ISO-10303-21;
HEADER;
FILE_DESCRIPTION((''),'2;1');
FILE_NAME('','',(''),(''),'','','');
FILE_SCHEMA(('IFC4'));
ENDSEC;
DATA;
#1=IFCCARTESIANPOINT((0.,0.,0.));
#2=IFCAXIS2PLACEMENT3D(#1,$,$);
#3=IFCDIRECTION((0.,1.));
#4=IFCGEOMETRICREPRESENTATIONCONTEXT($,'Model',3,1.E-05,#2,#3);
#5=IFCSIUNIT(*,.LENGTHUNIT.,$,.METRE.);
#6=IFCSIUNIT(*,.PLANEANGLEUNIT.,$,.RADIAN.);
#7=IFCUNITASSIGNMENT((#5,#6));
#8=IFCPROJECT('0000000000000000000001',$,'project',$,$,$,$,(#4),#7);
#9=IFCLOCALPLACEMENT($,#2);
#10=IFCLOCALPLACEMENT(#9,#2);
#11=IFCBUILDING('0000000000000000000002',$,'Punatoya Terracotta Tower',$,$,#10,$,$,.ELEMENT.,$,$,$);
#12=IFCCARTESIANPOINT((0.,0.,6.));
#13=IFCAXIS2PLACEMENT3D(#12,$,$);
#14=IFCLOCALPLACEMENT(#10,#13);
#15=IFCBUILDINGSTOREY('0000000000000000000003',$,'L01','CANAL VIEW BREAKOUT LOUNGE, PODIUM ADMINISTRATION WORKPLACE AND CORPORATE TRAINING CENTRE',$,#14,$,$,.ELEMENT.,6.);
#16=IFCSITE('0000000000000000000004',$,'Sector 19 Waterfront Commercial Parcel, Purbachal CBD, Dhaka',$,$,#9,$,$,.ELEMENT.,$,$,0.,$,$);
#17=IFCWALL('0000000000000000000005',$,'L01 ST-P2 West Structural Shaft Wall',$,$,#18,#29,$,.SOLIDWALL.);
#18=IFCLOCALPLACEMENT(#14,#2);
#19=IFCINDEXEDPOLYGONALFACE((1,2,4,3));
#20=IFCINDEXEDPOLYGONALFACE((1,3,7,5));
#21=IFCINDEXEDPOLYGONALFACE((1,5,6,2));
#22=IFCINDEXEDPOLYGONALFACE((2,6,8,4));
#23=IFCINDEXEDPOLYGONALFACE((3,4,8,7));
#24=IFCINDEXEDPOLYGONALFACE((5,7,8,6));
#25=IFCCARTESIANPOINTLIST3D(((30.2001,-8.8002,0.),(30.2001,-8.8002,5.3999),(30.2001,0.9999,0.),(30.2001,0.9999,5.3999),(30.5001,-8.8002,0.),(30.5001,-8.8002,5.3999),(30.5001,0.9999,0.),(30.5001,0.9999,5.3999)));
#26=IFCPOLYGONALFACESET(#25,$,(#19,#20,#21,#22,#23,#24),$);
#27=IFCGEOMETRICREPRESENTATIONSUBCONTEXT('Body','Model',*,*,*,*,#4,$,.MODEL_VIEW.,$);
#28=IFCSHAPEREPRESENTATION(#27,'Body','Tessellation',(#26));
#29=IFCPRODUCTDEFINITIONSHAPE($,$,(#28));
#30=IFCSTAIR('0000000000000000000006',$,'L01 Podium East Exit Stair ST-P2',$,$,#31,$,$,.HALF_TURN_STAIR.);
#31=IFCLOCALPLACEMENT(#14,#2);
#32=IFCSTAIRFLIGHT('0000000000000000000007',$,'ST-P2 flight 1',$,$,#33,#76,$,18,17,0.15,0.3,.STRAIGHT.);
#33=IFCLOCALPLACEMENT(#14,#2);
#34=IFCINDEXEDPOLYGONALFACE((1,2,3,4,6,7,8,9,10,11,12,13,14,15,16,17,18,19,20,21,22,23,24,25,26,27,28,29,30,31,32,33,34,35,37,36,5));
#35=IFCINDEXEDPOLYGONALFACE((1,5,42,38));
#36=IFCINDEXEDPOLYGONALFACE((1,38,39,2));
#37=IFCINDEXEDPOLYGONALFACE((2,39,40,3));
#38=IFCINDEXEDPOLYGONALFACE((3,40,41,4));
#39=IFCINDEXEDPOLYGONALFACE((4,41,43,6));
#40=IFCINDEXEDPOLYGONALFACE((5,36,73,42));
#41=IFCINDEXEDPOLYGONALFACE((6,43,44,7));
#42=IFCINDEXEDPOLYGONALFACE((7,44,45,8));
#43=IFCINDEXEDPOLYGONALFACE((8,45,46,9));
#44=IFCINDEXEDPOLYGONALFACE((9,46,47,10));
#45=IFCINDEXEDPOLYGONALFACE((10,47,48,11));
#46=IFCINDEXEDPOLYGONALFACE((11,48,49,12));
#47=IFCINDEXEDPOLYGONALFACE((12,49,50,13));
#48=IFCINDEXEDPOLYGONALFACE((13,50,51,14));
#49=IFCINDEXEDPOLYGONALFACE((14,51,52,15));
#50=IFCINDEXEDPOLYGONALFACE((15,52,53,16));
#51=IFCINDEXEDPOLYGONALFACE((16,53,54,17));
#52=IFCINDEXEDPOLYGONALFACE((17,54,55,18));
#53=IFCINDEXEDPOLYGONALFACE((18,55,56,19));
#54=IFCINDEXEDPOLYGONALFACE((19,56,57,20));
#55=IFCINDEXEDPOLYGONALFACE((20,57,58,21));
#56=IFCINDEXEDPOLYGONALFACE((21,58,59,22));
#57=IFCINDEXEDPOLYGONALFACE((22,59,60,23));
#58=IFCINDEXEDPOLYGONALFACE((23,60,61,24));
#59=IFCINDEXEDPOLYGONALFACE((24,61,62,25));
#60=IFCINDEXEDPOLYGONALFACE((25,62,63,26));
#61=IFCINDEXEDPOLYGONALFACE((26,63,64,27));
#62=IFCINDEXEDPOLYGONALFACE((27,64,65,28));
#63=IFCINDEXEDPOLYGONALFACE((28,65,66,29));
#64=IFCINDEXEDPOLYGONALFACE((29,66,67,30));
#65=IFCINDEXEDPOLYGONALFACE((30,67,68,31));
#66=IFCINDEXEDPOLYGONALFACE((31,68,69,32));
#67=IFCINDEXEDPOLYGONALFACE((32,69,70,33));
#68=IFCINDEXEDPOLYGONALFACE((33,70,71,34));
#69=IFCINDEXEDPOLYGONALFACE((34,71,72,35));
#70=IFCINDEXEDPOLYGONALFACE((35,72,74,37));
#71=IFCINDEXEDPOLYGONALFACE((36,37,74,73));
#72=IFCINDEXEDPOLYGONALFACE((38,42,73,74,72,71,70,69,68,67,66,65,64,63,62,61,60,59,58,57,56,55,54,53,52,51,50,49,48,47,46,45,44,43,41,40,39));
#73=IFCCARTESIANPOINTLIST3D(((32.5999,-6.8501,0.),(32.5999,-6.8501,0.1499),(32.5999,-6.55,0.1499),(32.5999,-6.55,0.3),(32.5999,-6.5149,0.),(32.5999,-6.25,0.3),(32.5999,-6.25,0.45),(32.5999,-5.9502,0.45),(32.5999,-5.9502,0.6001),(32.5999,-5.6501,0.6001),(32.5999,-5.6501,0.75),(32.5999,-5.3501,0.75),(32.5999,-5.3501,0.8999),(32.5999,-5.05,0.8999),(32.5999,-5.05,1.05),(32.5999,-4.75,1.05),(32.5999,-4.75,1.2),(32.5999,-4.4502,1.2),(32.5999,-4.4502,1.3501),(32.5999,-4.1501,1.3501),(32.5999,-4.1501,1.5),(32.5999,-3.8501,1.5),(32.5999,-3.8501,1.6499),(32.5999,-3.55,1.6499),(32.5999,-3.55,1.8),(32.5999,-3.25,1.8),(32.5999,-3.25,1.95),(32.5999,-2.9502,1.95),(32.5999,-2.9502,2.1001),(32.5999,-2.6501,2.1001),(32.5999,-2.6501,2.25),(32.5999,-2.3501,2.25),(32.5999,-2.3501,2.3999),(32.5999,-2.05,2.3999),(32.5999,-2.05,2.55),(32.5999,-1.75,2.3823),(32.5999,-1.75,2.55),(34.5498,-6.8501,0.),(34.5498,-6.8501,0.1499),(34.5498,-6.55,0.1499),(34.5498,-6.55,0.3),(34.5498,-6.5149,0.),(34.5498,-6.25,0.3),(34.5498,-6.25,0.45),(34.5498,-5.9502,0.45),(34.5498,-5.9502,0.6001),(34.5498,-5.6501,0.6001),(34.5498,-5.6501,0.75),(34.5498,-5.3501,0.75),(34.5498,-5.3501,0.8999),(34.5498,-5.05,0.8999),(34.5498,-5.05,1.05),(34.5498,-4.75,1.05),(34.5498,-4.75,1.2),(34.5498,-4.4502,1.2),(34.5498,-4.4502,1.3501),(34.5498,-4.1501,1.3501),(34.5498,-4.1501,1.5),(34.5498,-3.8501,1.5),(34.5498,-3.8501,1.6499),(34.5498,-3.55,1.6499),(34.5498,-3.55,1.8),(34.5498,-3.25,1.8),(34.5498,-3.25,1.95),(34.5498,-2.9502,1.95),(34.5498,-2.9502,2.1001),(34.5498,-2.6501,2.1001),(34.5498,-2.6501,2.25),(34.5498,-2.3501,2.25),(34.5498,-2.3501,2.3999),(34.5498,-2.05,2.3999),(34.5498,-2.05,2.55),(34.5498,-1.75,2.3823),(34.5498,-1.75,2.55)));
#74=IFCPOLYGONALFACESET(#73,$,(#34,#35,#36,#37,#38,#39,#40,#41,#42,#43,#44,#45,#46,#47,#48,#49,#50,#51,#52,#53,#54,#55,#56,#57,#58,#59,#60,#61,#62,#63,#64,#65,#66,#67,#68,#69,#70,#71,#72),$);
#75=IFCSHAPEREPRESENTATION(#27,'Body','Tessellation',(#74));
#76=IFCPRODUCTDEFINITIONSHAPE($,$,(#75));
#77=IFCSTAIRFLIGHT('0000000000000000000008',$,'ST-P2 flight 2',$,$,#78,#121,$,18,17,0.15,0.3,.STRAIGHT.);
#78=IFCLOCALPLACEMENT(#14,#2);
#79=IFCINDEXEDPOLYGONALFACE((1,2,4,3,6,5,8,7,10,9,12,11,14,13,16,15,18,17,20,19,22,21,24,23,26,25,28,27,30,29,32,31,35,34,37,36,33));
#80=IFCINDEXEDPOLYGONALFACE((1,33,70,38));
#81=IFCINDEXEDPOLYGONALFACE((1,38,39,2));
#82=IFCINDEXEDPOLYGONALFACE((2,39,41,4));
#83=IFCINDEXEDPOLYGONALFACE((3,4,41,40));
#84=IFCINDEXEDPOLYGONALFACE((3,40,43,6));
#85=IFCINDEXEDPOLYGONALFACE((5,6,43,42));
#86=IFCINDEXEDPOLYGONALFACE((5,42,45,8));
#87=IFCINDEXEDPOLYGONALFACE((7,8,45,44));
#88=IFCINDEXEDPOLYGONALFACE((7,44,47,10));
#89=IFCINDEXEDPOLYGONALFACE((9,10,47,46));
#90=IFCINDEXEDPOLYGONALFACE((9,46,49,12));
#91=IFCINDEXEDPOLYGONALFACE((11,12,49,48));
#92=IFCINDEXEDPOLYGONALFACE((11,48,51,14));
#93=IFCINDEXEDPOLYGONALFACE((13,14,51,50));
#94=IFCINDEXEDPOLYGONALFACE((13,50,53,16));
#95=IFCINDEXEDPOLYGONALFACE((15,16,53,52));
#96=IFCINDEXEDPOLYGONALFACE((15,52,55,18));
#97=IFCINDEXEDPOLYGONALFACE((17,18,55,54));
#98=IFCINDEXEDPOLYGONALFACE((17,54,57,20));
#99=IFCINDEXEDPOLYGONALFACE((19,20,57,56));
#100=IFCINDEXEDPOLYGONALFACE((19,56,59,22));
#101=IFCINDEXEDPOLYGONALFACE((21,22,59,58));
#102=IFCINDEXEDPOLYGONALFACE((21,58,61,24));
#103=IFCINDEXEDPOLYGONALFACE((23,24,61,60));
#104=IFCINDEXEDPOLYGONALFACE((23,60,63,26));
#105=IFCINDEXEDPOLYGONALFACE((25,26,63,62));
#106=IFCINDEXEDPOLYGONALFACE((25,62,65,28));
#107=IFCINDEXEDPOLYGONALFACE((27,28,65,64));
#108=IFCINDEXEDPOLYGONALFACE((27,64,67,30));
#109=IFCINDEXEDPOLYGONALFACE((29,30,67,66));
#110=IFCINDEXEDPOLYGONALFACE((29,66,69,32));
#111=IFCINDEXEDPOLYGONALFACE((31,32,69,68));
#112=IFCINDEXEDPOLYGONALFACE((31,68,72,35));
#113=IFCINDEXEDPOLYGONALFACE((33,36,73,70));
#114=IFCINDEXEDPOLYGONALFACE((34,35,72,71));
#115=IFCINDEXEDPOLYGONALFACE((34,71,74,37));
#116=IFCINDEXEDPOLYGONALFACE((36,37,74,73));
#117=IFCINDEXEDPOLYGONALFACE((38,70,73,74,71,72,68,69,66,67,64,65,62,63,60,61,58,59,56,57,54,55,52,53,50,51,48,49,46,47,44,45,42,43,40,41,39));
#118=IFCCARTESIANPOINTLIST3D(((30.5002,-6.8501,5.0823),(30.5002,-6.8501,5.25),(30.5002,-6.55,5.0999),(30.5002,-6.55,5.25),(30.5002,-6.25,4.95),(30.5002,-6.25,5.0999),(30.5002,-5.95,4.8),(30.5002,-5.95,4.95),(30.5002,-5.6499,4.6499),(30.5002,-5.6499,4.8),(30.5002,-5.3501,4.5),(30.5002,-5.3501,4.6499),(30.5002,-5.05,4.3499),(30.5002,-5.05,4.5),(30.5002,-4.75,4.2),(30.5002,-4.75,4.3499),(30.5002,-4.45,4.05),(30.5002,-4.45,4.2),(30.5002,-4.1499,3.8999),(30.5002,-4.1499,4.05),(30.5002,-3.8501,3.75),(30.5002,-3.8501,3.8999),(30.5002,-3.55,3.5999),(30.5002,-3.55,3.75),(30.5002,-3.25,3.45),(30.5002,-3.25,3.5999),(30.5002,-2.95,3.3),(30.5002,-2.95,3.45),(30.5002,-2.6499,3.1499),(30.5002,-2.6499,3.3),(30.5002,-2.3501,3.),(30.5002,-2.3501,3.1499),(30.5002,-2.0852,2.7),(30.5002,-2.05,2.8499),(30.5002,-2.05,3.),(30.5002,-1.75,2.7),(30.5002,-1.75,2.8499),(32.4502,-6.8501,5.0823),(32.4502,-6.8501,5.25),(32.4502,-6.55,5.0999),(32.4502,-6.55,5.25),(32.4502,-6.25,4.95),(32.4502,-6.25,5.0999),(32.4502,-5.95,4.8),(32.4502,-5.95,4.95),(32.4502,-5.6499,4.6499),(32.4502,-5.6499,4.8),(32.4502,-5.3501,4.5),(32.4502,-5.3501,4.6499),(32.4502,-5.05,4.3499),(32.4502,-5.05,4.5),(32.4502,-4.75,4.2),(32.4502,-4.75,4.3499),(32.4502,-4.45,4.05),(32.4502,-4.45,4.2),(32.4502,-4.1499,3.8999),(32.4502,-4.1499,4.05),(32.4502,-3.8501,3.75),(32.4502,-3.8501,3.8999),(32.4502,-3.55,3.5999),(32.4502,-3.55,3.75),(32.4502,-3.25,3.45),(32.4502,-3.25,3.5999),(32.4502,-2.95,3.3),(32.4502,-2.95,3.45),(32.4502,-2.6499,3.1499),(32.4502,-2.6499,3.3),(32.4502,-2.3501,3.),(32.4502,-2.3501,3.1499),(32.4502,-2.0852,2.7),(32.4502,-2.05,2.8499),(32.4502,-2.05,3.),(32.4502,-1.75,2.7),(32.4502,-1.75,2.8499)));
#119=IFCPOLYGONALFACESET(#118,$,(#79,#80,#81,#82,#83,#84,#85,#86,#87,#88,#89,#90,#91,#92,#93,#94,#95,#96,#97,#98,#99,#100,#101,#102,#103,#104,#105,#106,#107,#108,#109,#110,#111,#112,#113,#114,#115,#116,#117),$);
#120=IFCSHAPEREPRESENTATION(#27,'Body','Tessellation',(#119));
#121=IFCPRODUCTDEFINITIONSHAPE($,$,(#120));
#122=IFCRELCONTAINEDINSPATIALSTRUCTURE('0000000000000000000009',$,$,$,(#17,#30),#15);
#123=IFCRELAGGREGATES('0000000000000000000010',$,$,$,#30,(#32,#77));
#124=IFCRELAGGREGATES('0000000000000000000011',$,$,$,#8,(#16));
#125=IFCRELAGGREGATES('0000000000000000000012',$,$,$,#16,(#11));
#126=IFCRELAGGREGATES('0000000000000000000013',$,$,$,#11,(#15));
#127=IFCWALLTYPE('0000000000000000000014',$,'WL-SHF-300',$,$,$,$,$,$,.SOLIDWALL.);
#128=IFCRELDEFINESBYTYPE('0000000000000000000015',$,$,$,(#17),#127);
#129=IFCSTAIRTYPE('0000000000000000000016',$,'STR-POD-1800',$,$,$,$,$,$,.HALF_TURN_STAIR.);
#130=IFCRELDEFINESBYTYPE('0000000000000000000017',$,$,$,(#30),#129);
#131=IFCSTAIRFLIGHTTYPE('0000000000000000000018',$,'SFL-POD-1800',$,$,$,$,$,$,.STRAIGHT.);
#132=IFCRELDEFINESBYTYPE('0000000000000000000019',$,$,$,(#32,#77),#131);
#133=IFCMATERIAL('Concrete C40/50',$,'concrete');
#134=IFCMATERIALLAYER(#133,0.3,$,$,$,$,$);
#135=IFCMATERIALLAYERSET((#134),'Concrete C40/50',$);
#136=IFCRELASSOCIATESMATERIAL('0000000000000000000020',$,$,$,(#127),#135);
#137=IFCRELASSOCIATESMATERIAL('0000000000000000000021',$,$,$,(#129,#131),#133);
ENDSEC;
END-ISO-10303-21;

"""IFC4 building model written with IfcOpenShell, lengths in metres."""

from ifc_helpers import new_model, si_unit, direction, frame, frame_2d, origin, place, context, subcontext, project, spatial, polyline, rectangle, outline, extrude, material, layer, layer_set, type_object, element, aggregate, save


model = new_model("IFC4")

# Units and contexts
model_context = context("Model", 3, precision=1e-05, world=origin(), true_north=direction((0.0, 1.0)))
body_context = subcontext(model_context, "Body", "Model", "MODEL_VIEW")
ifc_project = project(units=[si_unit("LENGTHUNIT", "METRE"), si_unit("PLANEANGLEUNIT", "RADIAN")], contexts=[model_context])

# Site, building, storey
site_placement = place(None, origin())
site = spatial("IfcSite", under=ifc_project, at=site_placement, Name="Sector 19 Waterfront Commercial Parcel, Purbachal CBD, Dhaka", CompositionType="ELEMENT", RefElevation=0.0)
building_placement = place(site_placement, origin())
building = spatial("IfcBuilding", under=site, at=building_placement, Name="Punatoya Terracotta Tower", CompositionType="ELEMENT")
storey_placement = place(building_placement, frame((0.0, 0.0, 6.0)))
storey = spatial("IfcBuildingStorey", under=building, at=storey_placement, Name="L01", Description="CANAL VIEW BREAKOUT LOUNGE, PODIUM ADMINISTRATION WORKPLACE AND CORPORATE TRAINING CENTRE", CompositionType="ELEMENT", Elevation=6.0)

# Shared definitions
ifc_material_1 = material(Name="Concrete C40/50", Category="concrete")
ifc_layer_1 = layer(ifc_material_1, 0.3)
ifc_layer_set_1 = layer_set([ifc_layer_1], Name="Concrete C40/50")
wall_type = type_object("IfcWallType", Name="WL-SHF-300", PredefinedType="SOLIDWALL", material=ifc_layer_set_1)

# Wall
wall_1_placement = place(storey_placement, frame((30.3501, -8.8, 0.0), z_axis=(0.0, 0.0, 1.0), x_axis=(0.0, 1.0, 0.0)))
element("IfcWall", 1, at=wall_1_placement, inside=storey, type_object=wall_type, Name="L01 ST-P2 West Structural Shaft Wall", PredefinedType="SOLIDWALL", context=body_context, shape_type="SweptSolid", body=[
    extrude(rectangle(XDim=9.8, YDim=0.3, at=frame_2d((4.8999, 0.0))), origin(), (0.0, 0.0, 1.0), 5.3999),
])

# Stair, stair flights
stair_type = type_object("IfcStairType", Name="STR-POD-1800", PredefinedType="HALF_TURN_STAIR", material=ifc_material_1)
stair_placement = place(storey_placement, origin())
stair = element("IfcStair", 2, at=stair_placement, inside=storey, type_object=stair_type, Name="L01 Podium East Exit Stair ST-P2", PredefinedType="HALF_TURN_STAIR")
stair_flight_type = type_object("IfcStairFlightType", Name="SFL-POD-1800", PredefinedType="STRAIGHT", material=ifc_material_1)
stair_flight_1_placement = place(storey_placement, frame((33.575, -6.8501, 0.0), z_axis=(0.0, 0.0, 1.0), x_axis=(0.0, 1.0, 0.0)))
stair_flight_1 = element("IfcStairFlight", 3, at=stair_flight_1_placement, type_object=stair_flight_type, Name="ST-P2 flight 1", NumberOfRisers=18, NumberOfTreads=17, PredefinedType="STRAIGHT", RiserHeight=0.15, TreadLength=0.3, context=body_context, shape_type="SweptSolid", body=[
    extrude(outline(polyline([(0.0, 0.0), (0.0, 0.1499), (0.3, 0.1499), (0.3, 0.3), (0.6001, 0.3), (0.6001, 0.45), (0.8999, 0.45), (0.8999, 0.6001), (1.2, 0.6001), (1.2, 0.75), (1.5, 0.75), (1.5, 0.8999), (1.8, 0.8999), (1.8, 1.05), (2.1001, 1.05), (2.1001, 1.2), (2.3999, 1.2), (2.3999, 1.3501), (2.7, 1.3501), (2.7, 1.5), (3.0, 1.5), (3.0, 1.6499), (3.3, 1.6499), (3.3, 1.8), (3.6001, 1.8), (3.6001, 1.95), (3.8999, 1.95), (3.8999, 2.1001), (4.2, 2.1001), (4.2, 2.25), (4.5, 2.25), (4.5, 2.3999), (4.8, 2.3999), (4.8, 2.55), (5.1001, 2.55), (5.1001, 2.7), (5.1001, 2.3823), (0.3352, 0.0), (0.0, 0.0)])), frame((0.0, 0.9751, 0.0), z_axis=(0.0, -1.0, 0.0), x_axis=(1.0, 0.0, 0.0)), (0.0, 0.0, 1.0), 1.95),
])
stair_flight_2_placement = place(storey_placement, frame((31.4751, -1.75, 2.7), z_axis=(0.0, 0.0, 1.0), x_axis=(0.0, -1.0, 0.0)))
stair_flight_2 = element("IfcStairFlight", 4, at=stair_flight_2_placement, type_object=stair_flight_type, Name="ST-P2 flight 2", NumberOfRisers=18, NumberOfTreads=17, PredefinedType="STRAIGHT", RiserHeight=0.15, TreadLength=0.3, context=body_context, shape_type="SweptSolid", body=[
    extrude(outline(polyline([(0.0, 0.0), (0.0, 0.1499), (0.3, 0.1499), (0.3, 0.3), (0.6001, 0.3), (0.6001, 0.45), (0.8999, 0.45), (0.8999, 0.6001), (1.2, 0.6001), (1.2, 0.75), (1.5, 0.75), (1.5, 0.8999), (1.8, 0.8999), (1.8, 1.05), (2.1001, 1.05), (2.1001, 1.2), (2.3999, 1.2), (2.3999, 1.3501), (2.7, 1.3501), (2.7, 1.5), (3.0, 1.5), (3.0, 1.6499), (3.3, 1.6499), (3.3, 1.8), (3.6001, 1.8), (3.6001, 1.95), (3.8999, 1.95), (3.8999, 2.1001), (4.2, 2.1001), (4.2, 2.25), (4.5, 2.25), (4.5, 2.3999), (4.8, 2.3999), (4.8, 2.55), (5.1001, 2.55), (5.1001, 2.7), (5.1001, 2.3823), (0.3352, 0.0), (0.0, 0.0)])), frame((0.0, 0.9751, 0.0), z_axis=(0.0, -1.0, 0.0), x_axis=(1.0, 0.0, 0.0)), (0.0, 0.0, 1.0), 1.95),
])
aggregate(stair, [stair_flight_1, stair_flight_2])

save(model, "model.ifc")
